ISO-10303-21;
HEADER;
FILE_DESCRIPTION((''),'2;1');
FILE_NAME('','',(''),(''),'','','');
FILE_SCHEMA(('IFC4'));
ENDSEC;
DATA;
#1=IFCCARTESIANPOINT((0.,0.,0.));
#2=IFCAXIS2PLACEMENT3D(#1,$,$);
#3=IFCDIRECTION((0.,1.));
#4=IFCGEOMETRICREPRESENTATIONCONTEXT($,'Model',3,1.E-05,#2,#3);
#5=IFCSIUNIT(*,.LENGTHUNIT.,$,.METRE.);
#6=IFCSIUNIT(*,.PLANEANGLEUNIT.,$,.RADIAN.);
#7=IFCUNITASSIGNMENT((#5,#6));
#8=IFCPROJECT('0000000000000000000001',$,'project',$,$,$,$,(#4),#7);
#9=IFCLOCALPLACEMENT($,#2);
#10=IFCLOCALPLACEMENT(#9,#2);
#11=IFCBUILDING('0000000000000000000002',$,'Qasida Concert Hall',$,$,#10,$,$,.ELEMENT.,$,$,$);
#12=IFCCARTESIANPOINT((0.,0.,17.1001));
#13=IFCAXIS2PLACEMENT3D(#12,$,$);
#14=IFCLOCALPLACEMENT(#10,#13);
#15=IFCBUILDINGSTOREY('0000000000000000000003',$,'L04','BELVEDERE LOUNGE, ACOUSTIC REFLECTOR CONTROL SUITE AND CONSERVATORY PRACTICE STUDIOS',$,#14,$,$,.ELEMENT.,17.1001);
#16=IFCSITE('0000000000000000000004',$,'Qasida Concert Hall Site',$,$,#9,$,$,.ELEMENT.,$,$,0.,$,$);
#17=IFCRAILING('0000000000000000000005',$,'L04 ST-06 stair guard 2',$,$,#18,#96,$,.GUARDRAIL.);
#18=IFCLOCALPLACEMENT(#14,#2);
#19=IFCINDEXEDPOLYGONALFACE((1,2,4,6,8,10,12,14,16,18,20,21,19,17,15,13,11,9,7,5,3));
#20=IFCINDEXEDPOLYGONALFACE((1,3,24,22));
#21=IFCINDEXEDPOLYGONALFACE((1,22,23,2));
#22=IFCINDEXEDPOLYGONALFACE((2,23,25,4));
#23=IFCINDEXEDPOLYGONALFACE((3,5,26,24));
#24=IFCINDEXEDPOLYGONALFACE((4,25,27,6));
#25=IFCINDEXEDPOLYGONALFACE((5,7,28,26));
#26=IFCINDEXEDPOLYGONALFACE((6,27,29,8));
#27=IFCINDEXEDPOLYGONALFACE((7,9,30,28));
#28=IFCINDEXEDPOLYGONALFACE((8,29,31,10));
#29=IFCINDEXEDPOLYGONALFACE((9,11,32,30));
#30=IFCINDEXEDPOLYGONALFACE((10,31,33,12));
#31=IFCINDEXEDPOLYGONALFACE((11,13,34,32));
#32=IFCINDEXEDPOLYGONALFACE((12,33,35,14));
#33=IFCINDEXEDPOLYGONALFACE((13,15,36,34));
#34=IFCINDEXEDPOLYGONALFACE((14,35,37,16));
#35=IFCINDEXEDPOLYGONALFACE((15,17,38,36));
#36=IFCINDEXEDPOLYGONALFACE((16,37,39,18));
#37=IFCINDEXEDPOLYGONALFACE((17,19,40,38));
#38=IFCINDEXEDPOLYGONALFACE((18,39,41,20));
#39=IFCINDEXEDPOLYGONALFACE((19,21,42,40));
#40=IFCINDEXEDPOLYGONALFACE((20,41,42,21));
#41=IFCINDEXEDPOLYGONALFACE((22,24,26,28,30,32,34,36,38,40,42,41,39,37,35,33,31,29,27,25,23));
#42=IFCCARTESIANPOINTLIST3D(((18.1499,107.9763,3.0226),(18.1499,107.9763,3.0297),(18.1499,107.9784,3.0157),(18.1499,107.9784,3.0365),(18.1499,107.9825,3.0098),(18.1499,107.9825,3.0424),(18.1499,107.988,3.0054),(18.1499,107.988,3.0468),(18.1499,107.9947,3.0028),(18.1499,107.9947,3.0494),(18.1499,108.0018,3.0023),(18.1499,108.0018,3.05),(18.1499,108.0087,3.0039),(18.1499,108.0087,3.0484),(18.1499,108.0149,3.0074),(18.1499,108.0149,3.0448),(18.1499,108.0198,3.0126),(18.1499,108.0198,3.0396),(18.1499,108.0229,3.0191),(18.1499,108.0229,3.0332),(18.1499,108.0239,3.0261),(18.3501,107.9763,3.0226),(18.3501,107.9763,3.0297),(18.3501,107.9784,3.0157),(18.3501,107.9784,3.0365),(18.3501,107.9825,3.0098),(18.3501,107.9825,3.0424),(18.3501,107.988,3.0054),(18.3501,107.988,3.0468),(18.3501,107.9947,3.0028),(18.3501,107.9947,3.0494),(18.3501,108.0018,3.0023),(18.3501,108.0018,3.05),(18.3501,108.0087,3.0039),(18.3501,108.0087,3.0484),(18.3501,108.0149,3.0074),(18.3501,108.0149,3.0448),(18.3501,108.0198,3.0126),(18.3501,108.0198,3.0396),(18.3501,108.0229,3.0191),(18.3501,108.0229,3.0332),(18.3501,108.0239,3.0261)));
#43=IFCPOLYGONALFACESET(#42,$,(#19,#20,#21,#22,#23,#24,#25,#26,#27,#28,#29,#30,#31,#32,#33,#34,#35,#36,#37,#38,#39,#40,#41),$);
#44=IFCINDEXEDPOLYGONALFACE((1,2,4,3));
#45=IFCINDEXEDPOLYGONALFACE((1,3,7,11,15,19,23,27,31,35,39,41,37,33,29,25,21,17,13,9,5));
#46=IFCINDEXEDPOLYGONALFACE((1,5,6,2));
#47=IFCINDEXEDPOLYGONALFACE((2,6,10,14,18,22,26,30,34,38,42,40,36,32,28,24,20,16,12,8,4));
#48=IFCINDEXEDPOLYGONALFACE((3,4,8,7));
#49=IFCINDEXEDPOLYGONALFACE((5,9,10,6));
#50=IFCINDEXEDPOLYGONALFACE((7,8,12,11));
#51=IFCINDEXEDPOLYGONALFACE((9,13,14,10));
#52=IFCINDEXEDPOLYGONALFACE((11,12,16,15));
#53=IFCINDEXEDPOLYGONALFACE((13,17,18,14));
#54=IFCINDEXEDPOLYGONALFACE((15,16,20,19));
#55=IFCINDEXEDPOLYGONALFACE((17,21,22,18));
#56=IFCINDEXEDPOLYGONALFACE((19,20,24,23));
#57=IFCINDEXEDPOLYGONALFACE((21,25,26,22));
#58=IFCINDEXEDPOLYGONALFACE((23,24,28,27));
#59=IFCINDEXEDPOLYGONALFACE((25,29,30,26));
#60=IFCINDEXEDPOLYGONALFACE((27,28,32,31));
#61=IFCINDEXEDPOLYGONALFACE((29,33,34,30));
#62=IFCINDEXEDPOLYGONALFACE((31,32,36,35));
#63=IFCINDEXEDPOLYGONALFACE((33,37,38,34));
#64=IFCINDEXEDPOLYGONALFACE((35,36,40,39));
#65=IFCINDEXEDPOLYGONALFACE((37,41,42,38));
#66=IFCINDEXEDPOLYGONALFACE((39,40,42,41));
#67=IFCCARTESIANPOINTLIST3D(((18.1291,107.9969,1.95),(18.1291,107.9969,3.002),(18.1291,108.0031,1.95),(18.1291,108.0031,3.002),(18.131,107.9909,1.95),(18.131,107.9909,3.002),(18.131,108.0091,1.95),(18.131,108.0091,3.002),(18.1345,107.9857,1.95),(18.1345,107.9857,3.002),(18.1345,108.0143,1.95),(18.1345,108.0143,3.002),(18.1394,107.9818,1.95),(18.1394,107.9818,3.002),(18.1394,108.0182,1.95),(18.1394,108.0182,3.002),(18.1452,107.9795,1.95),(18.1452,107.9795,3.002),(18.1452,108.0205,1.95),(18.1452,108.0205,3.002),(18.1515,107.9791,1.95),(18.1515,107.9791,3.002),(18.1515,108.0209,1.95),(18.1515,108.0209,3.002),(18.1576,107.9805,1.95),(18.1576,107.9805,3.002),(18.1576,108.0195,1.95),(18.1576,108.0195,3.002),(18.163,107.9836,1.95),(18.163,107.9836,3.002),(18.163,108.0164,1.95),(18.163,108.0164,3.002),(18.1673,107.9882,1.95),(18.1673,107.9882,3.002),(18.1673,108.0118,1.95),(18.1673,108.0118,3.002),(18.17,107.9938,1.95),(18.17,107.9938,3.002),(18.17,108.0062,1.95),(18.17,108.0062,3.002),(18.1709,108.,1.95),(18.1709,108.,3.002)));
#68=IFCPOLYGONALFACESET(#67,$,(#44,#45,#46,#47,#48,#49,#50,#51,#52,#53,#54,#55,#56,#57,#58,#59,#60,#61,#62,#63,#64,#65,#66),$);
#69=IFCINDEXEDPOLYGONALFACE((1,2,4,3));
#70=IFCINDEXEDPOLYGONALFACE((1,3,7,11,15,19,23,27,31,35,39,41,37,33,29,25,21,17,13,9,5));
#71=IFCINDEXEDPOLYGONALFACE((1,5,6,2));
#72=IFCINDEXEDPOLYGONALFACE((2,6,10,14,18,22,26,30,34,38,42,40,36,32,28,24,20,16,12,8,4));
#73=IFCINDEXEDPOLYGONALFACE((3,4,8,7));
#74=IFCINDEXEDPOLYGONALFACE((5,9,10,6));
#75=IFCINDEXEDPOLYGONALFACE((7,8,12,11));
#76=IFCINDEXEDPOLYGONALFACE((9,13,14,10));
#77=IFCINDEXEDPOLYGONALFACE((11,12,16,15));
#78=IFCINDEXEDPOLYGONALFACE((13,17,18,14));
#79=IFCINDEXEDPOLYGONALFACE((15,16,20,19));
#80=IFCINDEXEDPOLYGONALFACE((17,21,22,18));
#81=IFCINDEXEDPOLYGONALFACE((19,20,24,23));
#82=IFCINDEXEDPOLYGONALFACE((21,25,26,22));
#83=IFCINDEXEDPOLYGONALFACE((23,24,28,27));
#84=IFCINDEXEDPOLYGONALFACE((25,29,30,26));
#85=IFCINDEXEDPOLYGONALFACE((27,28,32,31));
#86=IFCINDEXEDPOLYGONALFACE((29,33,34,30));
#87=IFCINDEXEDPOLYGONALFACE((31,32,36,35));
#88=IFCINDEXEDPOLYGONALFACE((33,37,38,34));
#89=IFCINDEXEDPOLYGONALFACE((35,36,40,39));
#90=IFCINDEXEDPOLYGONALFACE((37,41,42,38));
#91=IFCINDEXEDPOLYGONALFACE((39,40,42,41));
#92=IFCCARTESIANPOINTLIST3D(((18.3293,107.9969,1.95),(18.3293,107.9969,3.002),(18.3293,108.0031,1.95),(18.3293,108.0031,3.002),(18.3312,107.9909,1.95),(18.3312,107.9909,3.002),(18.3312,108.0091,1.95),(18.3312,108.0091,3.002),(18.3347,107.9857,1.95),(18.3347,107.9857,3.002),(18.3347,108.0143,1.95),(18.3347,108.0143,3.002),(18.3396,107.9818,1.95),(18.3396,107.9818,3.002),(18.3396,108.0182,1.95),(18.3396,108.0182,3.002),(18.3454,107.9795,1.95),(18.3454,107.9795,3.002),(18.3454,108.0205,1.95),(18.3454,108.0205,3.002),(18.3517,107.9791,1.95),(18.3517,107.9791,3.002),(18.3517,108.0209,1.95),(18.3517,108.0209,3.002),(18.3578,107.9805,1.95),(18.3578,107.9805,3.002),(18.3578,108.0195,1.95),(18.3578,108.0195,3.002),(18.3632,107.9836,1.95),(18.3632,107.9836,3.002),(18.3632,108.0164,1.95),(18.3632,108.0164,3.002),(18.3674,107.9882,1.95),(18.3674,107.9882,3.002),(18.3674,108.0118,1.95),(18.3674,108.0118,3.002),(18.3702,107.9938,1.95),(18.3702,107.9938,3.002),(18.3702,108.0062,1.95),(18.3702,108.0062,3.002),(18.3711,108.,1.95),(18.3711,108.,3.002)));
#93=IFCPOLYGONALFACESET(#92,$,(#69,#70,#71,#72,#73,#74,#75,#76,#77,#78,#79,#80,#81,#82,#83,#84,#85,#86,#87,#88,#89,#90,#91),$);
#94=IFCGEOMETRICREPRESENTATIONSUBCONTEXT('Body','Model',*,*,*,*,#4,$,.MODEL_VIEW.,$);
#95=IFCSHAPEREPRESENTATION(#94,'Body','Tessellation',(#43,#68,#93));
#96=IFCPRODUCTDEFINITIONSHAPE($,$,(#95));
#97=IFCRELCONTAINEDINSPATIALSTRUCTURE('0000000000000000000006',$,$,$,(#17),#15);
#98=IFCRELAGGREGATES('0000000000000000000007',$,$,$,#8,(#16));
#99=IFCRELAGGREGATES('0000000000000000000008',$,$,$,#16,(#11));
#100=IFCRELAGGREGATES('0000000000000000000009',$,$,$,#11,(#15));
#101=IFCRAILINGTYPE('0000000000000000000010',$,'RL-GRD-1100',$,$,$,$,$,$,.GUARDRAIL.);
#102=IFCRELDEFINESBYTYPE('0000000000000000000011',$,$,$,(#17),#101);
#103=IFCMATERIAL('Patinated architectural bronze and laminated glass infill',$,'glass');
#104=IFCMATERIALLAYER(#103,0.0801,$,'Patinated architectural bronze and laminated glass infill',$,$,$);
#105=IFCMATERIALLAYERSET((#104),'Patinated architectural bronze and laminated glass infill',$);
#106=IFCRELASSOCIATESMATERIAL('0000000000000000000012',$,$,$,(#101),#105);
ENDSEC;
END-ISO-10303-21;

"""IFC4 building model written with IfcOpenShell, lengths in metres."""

from ifc_helpers import new_model, si_unit, direction, frame, origin, origin_2d, place, context, subcontext, project, spatial, circle, extrude, material, layer, layer_set, type_object, element, save


model = new_model("IFC4")

# Units and contexts
model_context = context("Model", 3, precision=1e-05, world=origin(), true_north=direction((0.0, 1.0)))
body_context = subcontext(model_context, "Body", "Model", "MODEL_VIEW")
ifc_project = project(units=[si_unit("LENGTHUNIT", "METRE"), si_unit("PLANEANGLEUNIT", "RADIAN")], contexts=[model_context])

# Site, building, storey
site_placement = place(None, origin())
site = spatial("IfcSite", under=ifc_project, at=site_placement, Name="Qasida Concert Hall Site", CompositionType="ELEMENT", RefElevation=0.0)
building_placement = place(site_placement, origin())
building = spatial("IfcBuilding", under=site, at=building_placement, Name="Qasida Concert Hall", CompositionType="ELEMENT")
storey_placement = place(building_placement, frame((0.0, 0.0, 17.1001)))
storey = spatial("IfcBuildingStorey", under=building, at=storey_placement, Name="L04", Description="BELVEDERE LOUNGE, ACOUSTIC REFLECTOR CONTROL SUITE AND CONSERVATORY PRACTICE STUDIOS", CompositionType="ELEMENT", Elevation=17.1001)

# Railing
ifc_material_1 = material(Name="Patinated architectural bronze and laminated glass infill", Category="glass")
ifc_layer_1 = layer(ifc_material_1, 0.0801, Name="Patinated architectural bronze and laminated glass infill")
ifc_layer_set_1 = layer_set([ifc_layer_1], Name="Patinated architectural bronze and laminated glass infill")
railing_type_1 = type_object("IfcRailingType", Name="RL-GRD-1100", PredefinedType="GUARDRAIL", material=ifc_layer_set_1)
railing_1_placement = place(storey_placement, frame((18.1499, 108.0, 1.95)))
element("IfcRailing", 1, at=railing_1_placement, inside=storey, type_object=railing_type_1, Name="L04 ST-06 stair guard 2", PredefinedType="GUARDRAIL", context=body_context, shape_type="SweptSolid", body=[
    extrude(circle(Radius=0.0239, at=origin_2d()), frame((0.0, 0.0, 1.0762), z_axis=(1.0, 0.0, 0.0), x_axis=(0.0, 1.0, 0.0)), (0.0, 0.0, 1.0), 0.2002),
    extrude(circle(Radius=0.021, at=origin_2d()), origin(), (0.0, 0.0, 1.0), 1.052),
    extrude(circle(Radius=0.021, at=origin_2d()), frame((0.2002, 0.0, 0.0)), (0.0, 0.0, 1.0), 1.052),
])

save(model, "model.ifc")
